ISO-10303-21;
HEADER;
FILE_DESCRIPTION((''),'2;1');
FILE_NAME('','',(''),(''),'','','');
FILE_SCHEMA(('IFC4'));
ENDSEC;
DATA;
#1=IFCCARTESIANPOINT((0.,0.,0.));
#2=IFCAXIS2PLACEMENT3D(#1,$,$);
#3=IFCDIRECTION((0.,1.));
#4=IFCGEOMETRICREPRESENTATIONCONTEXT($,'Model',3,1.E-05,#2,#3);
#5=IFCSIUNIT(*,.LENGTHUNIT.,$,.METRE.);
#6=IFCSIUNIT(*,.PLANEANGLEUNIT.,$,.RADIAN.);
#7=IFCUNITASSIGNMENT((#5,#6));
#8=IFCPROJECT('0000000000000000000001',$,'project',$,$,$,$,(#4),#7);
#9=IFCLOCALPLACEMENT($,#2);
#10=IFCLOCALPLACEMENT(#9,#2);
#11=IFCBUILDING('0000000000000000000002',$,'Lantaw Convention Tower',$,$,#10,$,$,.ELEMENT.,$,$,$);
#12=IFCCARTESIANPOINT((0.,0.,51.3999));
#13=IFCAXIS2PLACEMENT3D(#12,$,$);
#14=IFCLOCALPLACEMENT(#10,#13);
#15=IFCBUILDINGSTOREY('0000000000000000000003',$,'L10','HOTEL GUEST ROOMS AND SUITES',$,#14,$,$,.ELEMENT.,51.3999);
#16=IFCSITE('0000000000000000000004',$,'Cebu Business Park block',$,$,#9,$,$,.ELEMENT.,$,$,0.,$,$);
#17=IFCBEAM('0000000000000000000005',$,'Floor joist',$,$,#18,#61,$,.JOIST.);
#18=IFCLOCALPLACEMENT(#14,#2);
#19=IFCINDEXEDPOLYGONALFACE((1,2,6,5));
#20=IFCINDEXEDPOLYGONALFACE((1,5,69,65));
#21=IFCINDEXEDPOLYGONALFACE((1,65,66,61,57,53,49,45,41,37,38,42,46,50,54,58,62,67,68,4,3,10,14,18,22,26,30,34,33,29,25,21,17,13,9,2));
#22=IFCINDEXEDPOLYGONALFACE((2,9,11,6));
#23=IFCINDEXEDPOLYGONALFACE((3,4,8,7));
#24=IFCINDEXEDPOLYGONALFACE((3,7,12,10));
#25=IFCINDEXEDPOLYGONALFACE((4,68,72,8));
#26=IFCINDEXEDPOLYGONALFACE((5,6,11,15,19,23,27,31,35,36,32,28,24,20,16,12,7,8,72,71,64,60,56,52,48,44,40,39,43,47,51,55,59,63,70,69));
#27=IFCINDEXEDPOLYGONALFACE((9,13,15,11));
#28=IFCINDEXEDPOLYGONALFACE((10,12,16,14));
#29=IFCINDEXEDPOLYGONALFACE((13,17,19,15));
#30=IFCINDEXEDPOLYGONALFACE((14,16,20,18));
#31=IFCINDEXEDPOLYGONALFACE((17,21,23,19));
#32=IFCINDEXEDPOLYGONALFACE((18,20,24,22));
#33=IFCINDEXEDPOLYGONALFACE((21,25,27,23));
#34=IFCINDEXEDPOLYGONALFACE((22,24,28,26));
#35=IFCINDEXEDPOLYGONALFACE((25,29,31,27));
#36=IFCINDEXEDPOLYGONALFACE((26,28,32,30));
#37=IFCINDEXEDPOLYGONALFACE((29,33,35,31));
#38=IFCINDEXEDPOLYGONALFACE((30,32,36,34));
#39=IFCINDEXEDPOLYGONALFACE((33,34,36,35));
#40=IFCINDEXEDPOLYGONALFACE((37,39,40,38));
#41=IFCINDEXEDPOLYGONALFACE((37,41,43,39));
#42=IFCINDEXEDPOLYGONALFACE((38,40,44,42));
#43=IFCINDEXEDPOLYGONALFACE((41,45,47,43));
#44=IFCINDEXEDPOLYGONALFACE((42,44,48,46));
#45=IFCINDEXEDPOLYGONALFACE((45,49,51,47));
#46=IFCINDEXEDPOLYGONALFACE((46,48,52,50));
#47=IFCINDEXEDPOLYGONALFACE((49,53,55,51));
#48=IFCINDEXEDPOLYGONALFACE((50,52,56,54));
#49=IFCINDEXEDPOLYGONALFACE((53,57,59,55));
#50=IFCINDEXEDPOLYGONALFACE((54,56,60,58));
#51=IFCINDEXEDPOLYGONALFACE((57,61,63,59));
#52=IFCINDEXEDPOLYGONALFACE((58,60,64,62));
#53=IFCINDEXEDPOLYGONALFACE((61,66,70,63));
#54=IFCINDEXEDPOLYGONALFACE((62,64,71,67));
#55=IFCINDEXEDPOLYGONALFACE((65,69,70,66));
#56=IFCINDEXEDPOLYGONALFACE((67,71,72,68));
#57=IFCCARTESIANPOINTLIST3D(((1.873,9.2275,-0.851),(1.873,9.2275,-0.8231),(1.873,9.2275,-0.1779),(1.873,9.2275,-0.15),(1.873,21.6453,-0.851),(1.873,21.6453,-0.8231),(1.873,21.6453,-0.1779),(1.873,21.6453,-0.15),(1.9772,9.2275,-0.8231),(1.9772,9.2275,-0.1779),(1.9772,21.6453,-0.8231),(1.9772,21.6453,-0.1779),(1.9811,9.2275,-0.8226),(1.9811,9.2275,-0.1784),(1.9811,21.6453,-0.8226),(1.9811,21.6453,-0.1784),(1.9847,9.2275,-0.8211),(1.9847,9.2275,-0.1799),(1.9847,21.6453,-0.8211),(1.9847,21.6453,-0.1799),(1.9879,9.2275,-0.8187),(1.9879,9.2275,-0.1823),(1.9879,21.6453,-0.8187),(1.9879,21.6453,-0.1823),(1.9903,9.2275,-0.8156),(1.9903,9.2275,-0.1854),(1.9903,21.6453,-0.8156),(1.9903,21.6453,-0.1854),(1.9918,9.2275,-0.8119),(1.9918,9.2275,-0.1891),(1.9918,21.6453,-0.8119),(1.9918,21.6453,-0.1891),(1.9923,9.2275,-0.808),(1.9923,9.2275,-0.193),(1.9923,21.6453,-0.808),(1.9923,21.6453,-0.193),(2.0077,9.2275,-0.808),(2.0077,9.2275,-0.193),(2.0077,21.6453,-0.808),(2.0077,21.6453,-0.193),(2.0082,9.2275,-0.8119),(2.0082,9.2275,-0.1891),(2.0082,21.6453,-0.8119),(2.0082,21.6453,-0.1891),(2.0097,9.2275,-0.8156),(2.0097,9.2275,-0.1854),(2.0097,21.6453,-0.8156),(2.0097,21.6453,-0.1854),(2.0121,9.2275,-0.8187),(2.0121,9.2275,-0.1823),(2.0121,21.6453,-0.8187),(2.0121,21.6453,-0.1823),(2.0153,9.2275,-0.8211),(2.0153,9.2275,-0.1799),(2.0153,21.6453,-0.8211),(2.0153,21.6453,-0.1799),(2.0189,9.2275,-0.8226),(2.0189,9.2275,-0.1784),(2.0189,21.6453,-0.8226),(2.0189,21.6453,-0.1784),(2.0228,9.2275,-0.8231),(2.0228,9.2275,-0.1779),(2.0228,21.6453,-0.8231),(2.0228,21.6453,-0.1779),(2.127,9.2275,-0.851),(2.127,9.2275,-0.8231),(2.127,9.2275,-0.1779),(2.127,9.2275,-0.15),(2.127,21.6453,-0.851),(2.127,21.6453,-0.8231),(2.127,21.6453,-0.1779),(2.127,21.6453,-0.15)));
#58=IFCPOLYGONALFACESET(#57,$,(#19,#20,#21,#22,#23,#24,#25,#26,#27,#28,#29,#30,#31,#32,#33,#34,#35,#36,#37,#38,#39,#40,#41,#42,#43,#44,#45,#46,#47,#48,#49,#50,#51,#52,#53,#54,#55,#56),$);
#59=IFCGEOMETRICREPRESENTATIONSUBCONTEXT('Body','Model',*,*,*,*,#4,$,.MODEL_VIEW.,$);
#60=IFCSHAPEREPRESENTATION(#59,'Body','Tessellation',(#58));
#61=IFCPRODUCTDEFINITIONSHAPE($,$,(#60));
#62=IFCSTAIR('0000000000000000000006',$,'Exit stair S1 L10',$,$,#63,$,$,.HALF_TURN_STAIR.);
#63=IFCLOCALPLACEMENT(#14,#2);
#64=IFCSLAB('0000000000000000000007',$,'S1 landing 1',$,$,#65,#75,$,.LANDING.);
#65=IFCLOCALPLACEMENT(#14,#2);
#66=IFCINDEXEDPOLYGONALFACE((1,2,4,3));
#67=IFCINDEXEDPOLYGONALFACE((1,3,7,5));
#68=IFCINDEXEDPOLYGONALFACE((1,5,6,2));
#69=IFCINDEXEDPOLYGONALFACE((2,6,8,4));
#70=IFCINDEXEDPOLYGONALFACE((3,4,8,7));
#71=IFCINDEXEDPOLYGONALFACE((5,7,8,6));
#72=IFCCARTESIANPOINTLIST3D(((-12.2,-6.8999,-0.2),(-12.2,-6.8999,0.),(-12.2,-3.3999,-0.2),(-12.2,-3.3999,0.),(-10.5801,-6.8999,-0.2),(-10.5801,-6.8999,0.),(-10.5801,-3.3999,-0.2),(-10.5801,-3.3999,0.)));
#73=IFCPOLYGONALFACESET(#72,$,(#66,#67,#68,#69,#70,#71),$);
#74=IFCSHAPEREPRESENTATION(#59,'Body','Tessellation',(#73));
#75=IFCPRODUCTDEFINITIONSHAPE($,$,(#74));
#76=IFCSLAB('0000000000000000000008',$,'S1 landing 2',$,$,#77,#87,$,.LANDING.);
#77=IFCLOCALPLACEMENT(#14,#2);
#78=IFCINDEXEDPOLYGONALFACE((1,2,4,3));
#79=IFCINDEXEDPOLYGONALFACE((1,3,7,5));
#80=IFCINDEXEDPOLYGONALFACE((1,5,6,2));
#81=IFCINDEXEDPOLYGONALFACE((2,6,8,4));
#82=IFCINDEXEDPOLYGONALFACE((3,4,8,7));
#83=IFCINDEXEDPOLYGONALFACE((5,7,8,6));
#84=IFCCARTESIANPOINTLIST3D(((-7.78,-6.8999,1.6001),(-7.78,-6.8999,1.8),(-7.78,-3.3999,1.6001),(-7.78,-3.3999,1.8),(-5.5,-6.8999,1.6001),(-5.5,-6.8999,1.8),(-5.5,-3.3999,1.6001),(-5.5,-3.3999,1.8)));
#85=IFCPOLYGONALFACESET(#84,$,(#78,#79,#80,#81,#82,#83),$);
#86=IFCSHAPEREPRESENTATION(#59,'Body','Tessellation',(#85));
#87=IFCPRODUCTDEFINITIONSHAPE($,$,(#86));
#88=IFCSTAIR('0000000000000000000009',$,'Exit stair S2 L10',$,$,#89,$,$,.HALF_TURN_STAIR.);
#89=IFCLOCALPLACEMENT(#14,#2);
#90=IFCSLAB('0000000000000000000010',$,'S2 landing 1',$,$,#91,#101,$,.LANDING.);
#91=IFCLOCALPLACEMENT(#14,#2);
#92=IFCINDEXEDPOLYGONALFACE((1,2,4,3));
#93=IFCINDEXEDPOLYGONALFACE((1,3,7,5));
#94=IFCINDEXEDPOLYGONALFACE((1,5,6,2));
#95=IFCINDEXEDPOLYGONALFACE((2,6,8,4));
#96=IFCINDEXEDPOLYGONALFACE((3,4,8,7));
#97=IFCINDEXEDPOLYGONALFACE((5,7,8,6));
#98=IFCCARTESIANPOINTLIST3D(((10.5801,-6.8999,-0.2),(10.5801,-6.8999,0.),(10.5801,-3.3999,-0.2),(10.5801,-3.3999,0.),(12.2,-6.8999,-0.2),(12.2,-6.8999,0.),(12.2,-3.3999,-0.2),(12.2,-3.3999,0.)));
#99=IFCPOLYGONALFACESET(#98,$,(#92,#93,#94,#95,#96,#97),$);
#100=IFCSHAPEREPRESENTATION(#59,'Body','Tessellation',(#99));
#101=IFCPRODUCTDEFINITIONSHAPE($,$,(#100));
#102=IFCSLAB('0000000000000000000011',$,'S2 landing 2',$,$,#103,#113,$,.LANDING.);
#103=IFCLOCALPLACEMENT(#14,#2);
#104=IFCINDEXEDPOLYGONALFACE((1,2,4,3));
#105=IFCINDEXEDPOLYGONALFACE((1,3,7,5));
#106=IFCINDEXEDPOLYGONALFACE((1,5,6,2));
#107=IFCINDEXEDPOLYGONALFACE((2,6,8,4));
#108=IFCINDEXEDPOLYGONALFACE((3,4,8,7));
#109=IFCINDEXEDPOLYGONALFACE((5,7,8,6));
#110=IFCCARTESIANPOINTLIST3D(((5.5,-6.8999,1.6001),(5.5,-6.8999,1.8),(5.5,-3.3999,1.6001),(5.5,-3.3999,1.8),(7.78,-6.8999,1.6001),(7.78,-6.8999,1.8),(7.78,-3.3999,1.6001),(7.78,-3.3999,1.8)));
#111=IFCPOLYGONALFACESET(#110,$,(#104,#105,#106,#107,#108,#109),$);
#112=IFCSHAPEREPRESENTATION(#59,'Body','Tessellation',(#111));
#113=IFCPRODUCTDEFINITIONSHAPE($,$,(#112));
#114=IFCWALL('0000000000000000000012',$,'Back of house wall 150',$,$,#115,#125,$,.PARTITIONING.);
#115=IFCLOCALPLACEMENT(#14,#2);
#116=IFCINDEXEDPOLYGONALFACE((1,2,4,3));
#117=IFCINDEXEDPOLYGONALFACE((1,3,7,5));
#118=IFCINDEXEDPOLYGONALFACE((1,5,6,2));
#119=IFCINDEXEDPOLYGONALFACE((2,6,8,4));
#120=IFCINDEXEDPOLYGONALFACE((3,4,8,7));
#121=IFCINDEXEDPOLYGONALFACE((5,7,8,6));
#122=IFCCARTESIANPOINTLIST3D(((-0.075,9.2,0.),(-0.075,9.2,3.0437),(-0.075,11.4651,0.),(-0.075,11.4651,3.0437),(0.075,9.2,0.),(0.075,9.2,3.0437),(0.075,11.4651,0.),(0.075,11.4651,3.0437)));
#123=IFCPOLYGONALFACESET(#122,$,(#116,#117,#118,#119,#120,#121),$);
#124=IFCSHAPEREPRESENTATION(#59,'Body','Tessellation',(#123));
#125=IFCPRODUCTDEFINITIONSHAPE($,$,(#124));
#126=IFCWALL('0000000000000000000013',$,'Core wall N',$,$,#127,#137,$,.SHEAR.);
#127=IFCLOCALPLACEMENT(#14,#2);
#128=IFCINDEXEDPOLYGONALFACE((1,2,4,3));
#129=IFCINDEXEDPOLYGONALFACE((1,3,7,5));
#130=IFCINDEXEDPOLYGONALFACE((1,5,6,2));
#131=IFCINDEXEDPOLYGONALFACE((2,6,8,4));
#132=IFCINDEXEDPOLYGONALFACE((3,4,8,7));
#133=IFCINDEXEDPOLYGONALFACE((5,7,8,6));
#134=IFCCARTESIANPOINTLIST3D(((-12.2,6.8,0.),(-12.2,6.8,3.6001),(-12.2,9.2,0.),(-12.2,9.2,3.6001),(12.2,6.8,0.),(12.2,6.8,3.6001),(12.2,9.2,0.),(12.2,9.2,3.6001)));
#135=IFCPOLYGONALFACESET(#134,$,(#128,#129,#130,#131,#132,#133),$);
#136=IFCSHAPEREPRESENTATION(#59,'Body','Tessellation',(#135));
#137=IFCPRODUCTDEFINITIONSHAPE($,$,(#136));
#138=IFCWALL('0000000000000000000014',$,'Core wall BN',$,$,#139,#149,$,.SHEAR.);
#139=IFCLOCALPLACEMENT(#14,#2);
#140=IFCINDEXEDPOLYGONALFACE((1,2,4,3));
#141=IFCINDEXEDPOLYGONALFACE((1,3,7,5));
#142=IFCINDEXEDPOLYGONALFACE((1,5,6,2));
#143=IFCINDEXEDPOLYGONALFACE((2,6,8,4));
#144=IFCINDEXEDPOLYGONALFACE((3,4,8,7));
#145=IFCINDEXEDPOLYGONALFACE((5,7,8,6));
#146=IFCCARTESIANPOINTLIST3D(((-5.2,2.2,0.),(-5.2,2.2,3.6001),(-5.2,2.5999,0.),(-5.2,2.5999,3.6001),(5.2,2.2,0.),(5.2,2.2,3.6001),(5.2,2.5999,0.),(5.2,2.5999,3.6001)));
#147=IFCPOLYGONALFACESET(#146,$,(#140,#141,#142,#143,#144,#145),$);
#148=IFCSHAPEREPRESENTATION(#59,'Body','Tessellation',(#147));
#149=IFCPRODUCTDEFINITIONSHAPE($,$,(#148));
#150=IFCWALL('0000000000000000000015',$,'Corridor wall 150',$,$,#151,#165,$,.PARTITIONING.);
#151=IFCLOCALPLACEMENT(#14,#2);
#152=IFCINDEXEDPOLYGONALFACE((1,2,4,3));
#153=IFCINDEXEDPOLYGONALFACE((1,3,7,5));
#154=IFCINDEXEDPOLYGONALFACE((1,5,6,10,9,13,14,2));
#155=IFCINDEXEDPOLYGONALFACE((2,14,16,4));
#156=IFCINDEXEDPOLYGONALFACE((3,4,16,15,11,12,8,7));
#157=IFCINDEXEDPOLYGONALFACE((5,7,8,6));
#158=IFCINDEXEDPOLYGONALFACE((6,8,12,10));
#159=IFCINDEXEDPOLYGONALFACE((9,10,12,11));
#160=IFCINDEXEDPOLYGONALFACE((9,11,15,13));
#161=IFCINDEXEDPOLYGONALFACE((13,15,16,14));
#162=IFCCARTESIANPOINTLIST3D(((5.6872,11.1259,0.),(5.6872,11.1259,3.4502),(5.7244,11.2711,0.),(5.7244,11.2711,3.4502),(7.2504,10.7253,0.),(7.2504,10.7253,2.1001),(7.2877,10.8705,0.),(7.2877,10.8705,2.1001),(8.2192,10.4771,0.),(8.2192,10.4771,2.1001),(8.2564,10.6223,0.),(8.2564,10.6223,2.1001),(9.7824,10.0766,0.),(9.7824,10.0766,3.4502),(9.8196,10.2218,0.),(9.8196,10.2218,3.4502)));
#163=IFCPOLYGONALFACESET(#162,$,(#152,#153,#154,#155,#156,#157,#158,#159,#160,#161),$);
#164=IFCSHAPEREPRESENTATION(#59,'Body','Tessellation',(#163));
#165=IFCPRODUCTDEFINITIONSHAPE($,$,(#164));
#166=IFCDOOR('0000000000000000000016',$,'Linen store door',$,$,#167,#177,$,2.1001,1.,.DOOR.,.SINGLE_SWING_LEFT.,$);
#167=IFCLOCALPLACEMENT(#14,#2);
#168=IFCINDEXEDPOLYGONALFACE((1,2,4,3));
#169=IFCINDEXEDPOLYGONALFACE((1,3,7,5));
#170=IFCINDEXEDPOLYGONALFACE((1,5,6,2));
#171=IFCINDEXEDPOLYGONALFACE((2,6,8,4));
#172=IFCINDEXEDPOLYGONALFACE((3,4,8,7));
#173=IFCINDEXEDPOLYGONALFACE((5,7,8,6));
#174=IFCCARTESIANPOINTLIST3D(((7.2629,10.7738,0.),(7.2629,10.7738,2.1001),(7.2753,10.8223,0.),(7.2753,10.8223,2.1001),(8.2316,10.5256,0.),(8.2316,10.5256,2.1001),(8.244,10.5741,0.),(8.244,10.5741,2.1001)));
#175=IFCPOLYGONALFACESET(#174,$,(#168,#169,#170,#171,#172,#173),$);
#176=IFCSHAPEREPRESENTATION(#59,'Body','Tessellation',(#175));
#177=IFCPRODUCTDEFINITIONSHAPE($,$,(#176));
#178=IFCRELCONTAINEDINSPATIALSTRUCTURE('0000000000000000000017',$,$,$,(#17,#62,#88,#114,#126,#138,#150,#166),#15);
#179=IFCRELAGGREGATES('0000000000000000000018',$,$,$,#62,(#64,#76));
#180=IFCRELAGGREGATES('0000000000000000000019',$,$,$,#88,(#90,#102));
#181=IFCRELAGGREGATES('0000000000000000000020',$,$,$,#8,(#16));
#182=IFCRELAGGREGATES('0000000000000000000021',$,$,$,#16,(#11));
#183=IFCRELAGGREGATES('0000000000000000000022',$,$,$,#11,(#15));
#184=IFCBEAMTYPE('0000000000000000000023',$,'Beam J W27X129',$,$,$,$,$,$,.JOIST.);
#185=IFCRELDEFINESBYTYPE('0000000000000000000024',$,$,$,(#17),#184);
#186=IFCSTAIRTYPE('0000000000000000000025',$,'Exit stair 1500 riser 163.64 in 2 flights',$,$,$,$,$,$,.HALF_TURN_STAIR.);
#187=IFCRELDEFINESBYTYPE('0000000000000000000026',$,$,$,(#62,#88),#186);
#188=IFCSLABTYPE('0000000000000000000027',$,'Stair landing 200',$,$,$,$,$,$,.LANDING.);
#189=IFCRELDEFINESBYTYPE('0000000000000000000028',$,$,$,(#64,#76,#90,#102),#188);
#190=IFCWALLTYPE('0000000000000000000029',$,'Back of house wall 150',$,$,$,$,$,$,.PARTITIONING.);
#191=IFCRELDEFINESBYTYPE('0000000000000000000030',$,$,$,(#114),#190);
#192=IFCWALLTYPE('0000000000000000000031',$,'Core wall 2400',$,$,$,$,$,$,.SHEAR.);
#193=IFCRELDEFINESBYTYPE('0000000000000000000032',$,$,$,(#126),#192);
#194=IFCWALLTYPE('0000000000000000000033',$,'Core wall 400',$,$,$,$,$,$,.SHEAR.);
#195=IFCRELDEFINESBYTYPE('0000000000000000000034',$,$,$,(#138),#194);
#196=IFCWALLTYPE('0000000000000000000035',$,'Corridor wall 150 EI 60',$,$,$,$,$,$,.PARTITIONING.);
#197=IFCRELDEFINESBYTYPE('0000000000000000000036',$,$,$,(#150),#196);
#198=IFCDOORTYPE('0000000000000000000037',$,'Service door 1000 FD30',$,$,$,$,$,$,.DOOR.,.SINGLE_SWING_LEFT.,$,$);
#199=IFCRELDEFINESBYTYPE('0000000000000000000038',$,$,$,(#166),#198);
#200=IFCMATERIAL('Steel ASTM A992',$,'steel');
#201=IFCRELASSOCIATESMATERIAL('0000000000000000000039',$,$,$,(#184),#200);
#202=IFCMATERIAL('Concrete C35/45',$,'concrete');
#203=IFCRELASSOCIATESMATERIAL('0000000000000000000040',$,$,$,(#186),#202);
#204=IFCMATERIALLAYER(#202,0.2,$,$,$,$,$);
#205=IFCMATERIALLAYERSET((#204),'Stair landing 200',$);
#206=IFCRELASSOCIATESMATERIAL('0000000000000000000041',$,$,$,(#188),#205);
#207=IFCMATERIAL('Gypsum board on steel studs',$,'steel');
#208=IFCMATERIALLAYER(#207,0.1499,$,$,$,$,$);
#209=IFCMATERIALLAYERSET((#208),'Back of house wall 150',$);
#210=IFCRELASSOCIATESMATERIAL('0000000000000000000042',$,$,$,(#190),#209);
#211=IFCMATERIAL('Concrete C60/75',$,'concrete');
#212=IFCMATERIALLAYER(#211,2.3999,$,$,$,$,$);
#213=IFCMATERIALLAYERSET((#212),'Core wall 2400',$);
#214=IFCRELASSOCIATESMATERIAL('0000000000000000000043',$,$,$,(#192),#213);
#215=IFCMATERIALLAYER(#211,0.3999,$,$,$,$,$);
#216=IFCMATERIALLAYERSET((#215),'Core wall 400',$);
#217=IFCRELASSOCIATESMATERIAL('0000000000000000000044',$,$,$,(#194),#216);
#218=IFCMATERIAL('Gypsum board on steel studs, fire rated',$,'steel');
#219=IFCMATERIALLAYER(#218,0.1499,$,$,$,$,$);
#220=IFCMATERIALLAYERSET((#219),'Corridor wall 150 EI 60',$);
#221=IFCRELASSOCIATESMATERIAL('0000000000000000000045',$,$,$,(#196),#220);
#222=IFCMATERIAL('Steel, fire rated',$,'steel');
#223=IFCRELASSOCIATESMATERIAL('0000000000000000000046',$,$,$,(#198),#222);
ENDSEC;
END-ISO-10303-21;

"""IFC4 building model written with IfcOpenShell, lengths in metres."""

from ifc_helpers import new_model, si_unit, direction, frame, frame_2d, origin, origin_2d, place, context, subcontext, project, spatial, polyline, rectangle, i_section, outline, extrude, material, layer, layer_set, material_profile, profile_set, type_object, element, fill, aggregate, save


model = new_model("IFC4")

# Units and contexts
model_context = context("Model", 3, precision=1e-05, world=origin(), true_north=direction((0.0, 1.0)))
body_context = subcontext(model_context, "Body", "Model", "MODEL_VIEW")
ifc_project = project(units=[si_unit("LENGTHUNIT", "METRE"), si_unit("PLANEANGLEUNIT", "RADIAN")], contexts=[model_context])

# Site, building, storey
site_placement = place(None, origin())
site = spatial("IfcSite", under=ifc_project, at=site_placement, Name="Cebu Business Park block", CompositionType="ELEMENT", RefElevation=0.0)
building_placement = place(site_placement, origin())
building = spatial("IfcBuilding", under=site, at=building_placement, Name="Lantaw Convention Tower", CompositionType="ELEMENT")
storey_placement = place(building_placement, frame((0.0, 0.0, 51.3999)))
storey = spatial("IfcBuildingStorey", under=building, at=storey_placement, Name="L10", Description="HOTEL GUEST ROOMS AND SUITES", CompositionType="ELEMENT", Elevation=51.3999)

# Beam
ifc_material_1 = material(Name="Steel ASTM A992", Category="steel")
ifc_material_profile_1 = material_profile(ifc_material_1, i_section(OverallWidth=0.2539, OverallDepth=0.7009, WebThickness=0.0154, FlangeThickness=0.0278, FilletRadius=0.0151, at=origin_2d()), Name="W27X129")
ifc_profile_set_1 = profile_set([ifc_material_profile_1], Name="Steel ASTM A992")
beam_type_1 = type_object("IfcBeamType", Name="Beam J W27X129", PredefinedType="JOIST", material=ifc_profile_set_1)
beam_1_placement = place(storey_placement, frame((2.0, 9.2275, -0.5005), z_axis=(0.0, 1.0, 0.0), x_axis=(-1.0, 0.0, 0.0)))
element("IfcBeam", 1, at=beam_1_placement, inside=storey, type_object=beam_type_1, Name="Floor joist", PredefinedType="JOIST", context=body_context, shape_type="SweptSolid", body=[
    extrude(i_section(OverallWidth=0.2539, OverallDepth=0.7009, WebThickness=0.0154, FlangeThickness=0.0278, FilletRadius=0.0151, at=origin_2d()), origin(), (0.0, 0.0, 1.0), 12.4177),
])

# Stairs, slabs
ifc_material_2 = material(Name="Concrete C35/45", Category="concrete")
stair_type = type_object("IfcStairType", Name="Exit stair 1500 riser 163.64 in 2 flights", PredefinedType="HALF_TURN_STAIR", material=ifc_material_2)
stair_1_placement = place(storey_placement, origin())
stair_1 = element("IfcStair", 2, at=stair_1_placement, inside=storey, type_object=stair_type, Name="Exit stair S1 L10", PredefinedType="HALF_TURN_STAIR")
ifc_layer_1 = layer(ifc_material_2, 0.2)
ifc_layer_set_1 = layer_set([ifc_layer_1], Name="Stair landing 200")
slab_type = type_object("IfcSlabType", Name="Stair landing 200", PredefinedType="LANDING", material=ifc_layer_set_1)
slab_1_placement = place(storey_placement, frame((0.0, 0.0, -0.2)))
slab_1 = element("IfcSlab", 3, at=slab_1_placement, type_object=slab_type, Name="S1 landing 1", PredefinedType="LANDING", context=body_context, shape_type="SweptSolid", body=[
    extrude(outline(polyline([(-12.2, -6.8999), (-10.5801, -6.8999), (-10.5801, -3.3999), (-12.2, -3.3999), (-12.2, -6.8999)])), origin(), (0.0, 0.0, 1.0), 0.2),
])
slab_2_placement = place(storey_placement, frame((0.0, 0.0, 1.6001)))
slab_2 = element("IfcSlab", 4, at=slab_2_placement, type_object=slab_type, Name="S1 landing 2", PredefinedType="LANDING", context=body_context, shape_type="SweptSolid", body=[
    extrude(outline(polyline([(-7.78, -6.8999), (-5.5, -6.8999), (-5.5, -3.3999), (-7.78, -3.3999), (-7.78, -6.8999)])), origin(), (0.0, 0.0, 1.0), 0.2),
])
aggregate(stair_1, [slab_1, slab_2])
stair_2_placement = place(storey_placement, origin())
stair_2 = element("IfcStair", 5, at=stair_2_placement, inside=storey, type_object=stair_type, Name="Exit stair S2 L10", PredefinedType="HALF_TURN_STAIR")
slab_3_placement = place(storey_placement, frame((0.0, 0.0, -0.2)))
slab_3 = element("IfcSlab", 6, at=slab_3_placement, type_object=slab_type, Name="S2 landing 1", PredefinedType="LANDING", context=body_context, shape_type="SweptSolid", body=[
    extrude(outline(polyline([(10.5801, -6.8999), (12.2, -6.8999), (12.2, -3.3999), (10.5801, -3.3999), (10.5801, -6.8999)])), origin(), (0.0, 0.0, 1.0), 0.2),
])
slab_4_placement = place(storey_placement, frame((0.0, 0.0, 1.6001)))
slab_4 = element("IfcSlab", 7, at=slab_4_placement, type_object=slab_type, Name="S2 landing 2", PredefinedType="LANDING", context=body_context, shape_type="SweptSolid", body=[
    extrude(outline(polyline([(5.5, -6.8999), (7.78, -6.8999), (7.78, -3.3999), (5.5, -3.3999), (5.5, -6.8999)])), origin(), (0.0, 0.0, 1.0), 0.2),
])
aggregate(stair_2, [slab_3, slab_4])

# Walls
ifc_material_3 = material(Name="Gypsum board on steel studs", Category="steel")
ifc_layer_2 = layer(ifc_material_3, 0.1499)
ifc_layer_set_2 = layer_set([ifc_layer_2], Name="Back of house wall 150")
wall_type_1 = type_object("IfcWallType", Name="Back of house wall 150", PredefinedType="PARTITIONING", material=ifc_layer_set_2)
wall_1_placement = place(storey_placement, frame((0.0, 9.2, 0.0), z_axis=(0.0, 0.0, 1.0), x_axis=(0.0, 1.0, 0.0)))
element("IfcWall", 8, at=wall_1_placement, inside=storey, type_object=wall_type_1, Name="Back of house wall 150", PredefinedType="PARTITIONING", context=body_context, shape_type="SweptSolid", body=[
    extrude(rectangle(XDim=2.2651, YDim=0.1499, at=frame_2d((1.1326, 0.0))), origin(), (0.0, 0.0, 1.0), 3.0437),
])
ifc_material_4 = material(Name="Concrete C60/75", Category="concrete")
ifc_layer_3 = layer(ifc_material_4, 2.3999)
ifc_layer_set_3 = layer_set([ifc_layer_3], Name="Core wall 2400")
wall_type_2 = type_object("IfcWallType", Name="Core wall 2400", PredefinedType="SHEAR", material=ifc_layer_set_3)
wall_2_placement = place(storey_placement, frame((12.2, 8.0, 0.0), z_axis=(0.0, 0.0, 1.0), x_axis=(-1.0, 0.0, 0.0)))
element("IfcWall", 9, at=wall_2_placement, inside=storey, type_object=wall_type_2, Name="Core wall N", PredefinedType="SHEAR", context=body_context, shape_type="SweptSolid", body=[
    extrude(rectangle(XDim=24.3999, YDim=2.3999, at=frame_2d((12.2, 0.0))), origin(), (0.0, 0.0, 1.0), 3.6001),
])
ifc_layer_4 = layer(ifc_material_4, 0.3999)
ifc_layer_set_4 = layer_set([ifc_layer_4], Name="Core wall 400")
wall_type_3 = type_object("IfcWallType", Name="Core wall 400", PredefinedType="SHEAR", material=ifc_layer_set_4)
wall_3_placement = place(storey_placement, frame((5.2, 2.3999, 0.0), z_axis=(0.0, 0.0, 1.0), x_axis=(-1.0, 0.0, 0.0)))
element("IfcWall", 10, at=wall_3_placement, inside=storey, type_object=wall_type_3, Name="Core wall BN", PredefinedType="SHEAR", context=body_context, shape_type="SweptSolid", body=[
    extrude(rectangle(XDim=10.3999, YDim=0.3999, at=frame_2d((5.2, 0.0))), origin(), (0.0, 0.0, 1.0), 3.6001),
])

# Wall, opening, door
ifc_material_5 = material(Name="Gypsum board on steel studs, fire rated", Category="steel")
ifc_layer_5 = layer(ifc_material_5, 0.1499)
ifc_layer_set_5 = layer_set([ifc_layer_5], Name="Corridor wall 150 EI 60")
wall_type_4 = type_object("IfcWallType", Name="Corridor wall 150 EI 60", PredefinedType="PARTITIONING", material=ifc_layer_set_5)
wall_4_placement = place(storey_placement, frame((9.801, 10.1492, 0.0), z_axis=(0.0, 0.0, 1.0), x_axis=(-0.968706, 0.248211, 0.0)))
wall_4 = element("IfcWall", 11, at=wall_4_placement, inside=storey, type_object=wall_type_4, Name="Corridor wall 150", PredefinedType="PARTITIONING", context=body_context, shape_type="SweptSolid", body=[
    extrude(rectangle(XDim=4.2275, YDim=0.1499, at=frame_2d((2.1138, 0.0))), origin(), (0.0, 0.0, 1.0), 3.4502),
])
opening_1_placement = place(wall_4_placement, frame((1.6138, 0.0, 0.0)))
opening_1 = element("IfcOpeningElement", 12, at=opening_1_placement, cuts=wall_4, PredefinedType="OPENING", context=body_context, shape_type="SweptSolid", body=[
    extrude(rectangle(XDim=1.0, YDim=2.1001, at=frame_2d((0.5, 1.05))), frame((0.0, 0.085, 0.0), z_axis=(0.0, -1.0, 0.0), x_axis=(1.0, 0.0, 0.0)), (0.0, 0.0, 1.0), 0.1699),
])
ifc_material_6 = material(Name="Steel, fire rated", Category="steel")
door_type_1 = type_object("IfcDoorType", Name="Service door 1000 FD30", OperationType="SINGLE_SWING_LEFT", PredefinedType="DOOR", material=ifc_material_6)
door_1_placement = place(opening_1_placement, origin())
door_1 = element("IfcDoor", 13, at=door_1_placement, inside=storey, type_object=door_type_1, Name="Linen store door", OperationType="SINGLE_SWING_LEFT", OverallHeight=2.1001, OverallWidth=1.0, PredefinedType="DOOR", context=body_context, shape_type="SweptSolid", body=[
    extrude(rectangle(XDim=1.0, YDim=2.1001, at=frame_2d((0.5, 1.05))), frame((0.0, 0.0249, 0.0), z_axis=(0.0, -1.0, 0.0), x_axis=(1.0, 0.0, 0.0)), (0.0, 0.0, 1.0), 0.05),
])
fill(opening_1, door_1)

save(model, "model.ifc")
